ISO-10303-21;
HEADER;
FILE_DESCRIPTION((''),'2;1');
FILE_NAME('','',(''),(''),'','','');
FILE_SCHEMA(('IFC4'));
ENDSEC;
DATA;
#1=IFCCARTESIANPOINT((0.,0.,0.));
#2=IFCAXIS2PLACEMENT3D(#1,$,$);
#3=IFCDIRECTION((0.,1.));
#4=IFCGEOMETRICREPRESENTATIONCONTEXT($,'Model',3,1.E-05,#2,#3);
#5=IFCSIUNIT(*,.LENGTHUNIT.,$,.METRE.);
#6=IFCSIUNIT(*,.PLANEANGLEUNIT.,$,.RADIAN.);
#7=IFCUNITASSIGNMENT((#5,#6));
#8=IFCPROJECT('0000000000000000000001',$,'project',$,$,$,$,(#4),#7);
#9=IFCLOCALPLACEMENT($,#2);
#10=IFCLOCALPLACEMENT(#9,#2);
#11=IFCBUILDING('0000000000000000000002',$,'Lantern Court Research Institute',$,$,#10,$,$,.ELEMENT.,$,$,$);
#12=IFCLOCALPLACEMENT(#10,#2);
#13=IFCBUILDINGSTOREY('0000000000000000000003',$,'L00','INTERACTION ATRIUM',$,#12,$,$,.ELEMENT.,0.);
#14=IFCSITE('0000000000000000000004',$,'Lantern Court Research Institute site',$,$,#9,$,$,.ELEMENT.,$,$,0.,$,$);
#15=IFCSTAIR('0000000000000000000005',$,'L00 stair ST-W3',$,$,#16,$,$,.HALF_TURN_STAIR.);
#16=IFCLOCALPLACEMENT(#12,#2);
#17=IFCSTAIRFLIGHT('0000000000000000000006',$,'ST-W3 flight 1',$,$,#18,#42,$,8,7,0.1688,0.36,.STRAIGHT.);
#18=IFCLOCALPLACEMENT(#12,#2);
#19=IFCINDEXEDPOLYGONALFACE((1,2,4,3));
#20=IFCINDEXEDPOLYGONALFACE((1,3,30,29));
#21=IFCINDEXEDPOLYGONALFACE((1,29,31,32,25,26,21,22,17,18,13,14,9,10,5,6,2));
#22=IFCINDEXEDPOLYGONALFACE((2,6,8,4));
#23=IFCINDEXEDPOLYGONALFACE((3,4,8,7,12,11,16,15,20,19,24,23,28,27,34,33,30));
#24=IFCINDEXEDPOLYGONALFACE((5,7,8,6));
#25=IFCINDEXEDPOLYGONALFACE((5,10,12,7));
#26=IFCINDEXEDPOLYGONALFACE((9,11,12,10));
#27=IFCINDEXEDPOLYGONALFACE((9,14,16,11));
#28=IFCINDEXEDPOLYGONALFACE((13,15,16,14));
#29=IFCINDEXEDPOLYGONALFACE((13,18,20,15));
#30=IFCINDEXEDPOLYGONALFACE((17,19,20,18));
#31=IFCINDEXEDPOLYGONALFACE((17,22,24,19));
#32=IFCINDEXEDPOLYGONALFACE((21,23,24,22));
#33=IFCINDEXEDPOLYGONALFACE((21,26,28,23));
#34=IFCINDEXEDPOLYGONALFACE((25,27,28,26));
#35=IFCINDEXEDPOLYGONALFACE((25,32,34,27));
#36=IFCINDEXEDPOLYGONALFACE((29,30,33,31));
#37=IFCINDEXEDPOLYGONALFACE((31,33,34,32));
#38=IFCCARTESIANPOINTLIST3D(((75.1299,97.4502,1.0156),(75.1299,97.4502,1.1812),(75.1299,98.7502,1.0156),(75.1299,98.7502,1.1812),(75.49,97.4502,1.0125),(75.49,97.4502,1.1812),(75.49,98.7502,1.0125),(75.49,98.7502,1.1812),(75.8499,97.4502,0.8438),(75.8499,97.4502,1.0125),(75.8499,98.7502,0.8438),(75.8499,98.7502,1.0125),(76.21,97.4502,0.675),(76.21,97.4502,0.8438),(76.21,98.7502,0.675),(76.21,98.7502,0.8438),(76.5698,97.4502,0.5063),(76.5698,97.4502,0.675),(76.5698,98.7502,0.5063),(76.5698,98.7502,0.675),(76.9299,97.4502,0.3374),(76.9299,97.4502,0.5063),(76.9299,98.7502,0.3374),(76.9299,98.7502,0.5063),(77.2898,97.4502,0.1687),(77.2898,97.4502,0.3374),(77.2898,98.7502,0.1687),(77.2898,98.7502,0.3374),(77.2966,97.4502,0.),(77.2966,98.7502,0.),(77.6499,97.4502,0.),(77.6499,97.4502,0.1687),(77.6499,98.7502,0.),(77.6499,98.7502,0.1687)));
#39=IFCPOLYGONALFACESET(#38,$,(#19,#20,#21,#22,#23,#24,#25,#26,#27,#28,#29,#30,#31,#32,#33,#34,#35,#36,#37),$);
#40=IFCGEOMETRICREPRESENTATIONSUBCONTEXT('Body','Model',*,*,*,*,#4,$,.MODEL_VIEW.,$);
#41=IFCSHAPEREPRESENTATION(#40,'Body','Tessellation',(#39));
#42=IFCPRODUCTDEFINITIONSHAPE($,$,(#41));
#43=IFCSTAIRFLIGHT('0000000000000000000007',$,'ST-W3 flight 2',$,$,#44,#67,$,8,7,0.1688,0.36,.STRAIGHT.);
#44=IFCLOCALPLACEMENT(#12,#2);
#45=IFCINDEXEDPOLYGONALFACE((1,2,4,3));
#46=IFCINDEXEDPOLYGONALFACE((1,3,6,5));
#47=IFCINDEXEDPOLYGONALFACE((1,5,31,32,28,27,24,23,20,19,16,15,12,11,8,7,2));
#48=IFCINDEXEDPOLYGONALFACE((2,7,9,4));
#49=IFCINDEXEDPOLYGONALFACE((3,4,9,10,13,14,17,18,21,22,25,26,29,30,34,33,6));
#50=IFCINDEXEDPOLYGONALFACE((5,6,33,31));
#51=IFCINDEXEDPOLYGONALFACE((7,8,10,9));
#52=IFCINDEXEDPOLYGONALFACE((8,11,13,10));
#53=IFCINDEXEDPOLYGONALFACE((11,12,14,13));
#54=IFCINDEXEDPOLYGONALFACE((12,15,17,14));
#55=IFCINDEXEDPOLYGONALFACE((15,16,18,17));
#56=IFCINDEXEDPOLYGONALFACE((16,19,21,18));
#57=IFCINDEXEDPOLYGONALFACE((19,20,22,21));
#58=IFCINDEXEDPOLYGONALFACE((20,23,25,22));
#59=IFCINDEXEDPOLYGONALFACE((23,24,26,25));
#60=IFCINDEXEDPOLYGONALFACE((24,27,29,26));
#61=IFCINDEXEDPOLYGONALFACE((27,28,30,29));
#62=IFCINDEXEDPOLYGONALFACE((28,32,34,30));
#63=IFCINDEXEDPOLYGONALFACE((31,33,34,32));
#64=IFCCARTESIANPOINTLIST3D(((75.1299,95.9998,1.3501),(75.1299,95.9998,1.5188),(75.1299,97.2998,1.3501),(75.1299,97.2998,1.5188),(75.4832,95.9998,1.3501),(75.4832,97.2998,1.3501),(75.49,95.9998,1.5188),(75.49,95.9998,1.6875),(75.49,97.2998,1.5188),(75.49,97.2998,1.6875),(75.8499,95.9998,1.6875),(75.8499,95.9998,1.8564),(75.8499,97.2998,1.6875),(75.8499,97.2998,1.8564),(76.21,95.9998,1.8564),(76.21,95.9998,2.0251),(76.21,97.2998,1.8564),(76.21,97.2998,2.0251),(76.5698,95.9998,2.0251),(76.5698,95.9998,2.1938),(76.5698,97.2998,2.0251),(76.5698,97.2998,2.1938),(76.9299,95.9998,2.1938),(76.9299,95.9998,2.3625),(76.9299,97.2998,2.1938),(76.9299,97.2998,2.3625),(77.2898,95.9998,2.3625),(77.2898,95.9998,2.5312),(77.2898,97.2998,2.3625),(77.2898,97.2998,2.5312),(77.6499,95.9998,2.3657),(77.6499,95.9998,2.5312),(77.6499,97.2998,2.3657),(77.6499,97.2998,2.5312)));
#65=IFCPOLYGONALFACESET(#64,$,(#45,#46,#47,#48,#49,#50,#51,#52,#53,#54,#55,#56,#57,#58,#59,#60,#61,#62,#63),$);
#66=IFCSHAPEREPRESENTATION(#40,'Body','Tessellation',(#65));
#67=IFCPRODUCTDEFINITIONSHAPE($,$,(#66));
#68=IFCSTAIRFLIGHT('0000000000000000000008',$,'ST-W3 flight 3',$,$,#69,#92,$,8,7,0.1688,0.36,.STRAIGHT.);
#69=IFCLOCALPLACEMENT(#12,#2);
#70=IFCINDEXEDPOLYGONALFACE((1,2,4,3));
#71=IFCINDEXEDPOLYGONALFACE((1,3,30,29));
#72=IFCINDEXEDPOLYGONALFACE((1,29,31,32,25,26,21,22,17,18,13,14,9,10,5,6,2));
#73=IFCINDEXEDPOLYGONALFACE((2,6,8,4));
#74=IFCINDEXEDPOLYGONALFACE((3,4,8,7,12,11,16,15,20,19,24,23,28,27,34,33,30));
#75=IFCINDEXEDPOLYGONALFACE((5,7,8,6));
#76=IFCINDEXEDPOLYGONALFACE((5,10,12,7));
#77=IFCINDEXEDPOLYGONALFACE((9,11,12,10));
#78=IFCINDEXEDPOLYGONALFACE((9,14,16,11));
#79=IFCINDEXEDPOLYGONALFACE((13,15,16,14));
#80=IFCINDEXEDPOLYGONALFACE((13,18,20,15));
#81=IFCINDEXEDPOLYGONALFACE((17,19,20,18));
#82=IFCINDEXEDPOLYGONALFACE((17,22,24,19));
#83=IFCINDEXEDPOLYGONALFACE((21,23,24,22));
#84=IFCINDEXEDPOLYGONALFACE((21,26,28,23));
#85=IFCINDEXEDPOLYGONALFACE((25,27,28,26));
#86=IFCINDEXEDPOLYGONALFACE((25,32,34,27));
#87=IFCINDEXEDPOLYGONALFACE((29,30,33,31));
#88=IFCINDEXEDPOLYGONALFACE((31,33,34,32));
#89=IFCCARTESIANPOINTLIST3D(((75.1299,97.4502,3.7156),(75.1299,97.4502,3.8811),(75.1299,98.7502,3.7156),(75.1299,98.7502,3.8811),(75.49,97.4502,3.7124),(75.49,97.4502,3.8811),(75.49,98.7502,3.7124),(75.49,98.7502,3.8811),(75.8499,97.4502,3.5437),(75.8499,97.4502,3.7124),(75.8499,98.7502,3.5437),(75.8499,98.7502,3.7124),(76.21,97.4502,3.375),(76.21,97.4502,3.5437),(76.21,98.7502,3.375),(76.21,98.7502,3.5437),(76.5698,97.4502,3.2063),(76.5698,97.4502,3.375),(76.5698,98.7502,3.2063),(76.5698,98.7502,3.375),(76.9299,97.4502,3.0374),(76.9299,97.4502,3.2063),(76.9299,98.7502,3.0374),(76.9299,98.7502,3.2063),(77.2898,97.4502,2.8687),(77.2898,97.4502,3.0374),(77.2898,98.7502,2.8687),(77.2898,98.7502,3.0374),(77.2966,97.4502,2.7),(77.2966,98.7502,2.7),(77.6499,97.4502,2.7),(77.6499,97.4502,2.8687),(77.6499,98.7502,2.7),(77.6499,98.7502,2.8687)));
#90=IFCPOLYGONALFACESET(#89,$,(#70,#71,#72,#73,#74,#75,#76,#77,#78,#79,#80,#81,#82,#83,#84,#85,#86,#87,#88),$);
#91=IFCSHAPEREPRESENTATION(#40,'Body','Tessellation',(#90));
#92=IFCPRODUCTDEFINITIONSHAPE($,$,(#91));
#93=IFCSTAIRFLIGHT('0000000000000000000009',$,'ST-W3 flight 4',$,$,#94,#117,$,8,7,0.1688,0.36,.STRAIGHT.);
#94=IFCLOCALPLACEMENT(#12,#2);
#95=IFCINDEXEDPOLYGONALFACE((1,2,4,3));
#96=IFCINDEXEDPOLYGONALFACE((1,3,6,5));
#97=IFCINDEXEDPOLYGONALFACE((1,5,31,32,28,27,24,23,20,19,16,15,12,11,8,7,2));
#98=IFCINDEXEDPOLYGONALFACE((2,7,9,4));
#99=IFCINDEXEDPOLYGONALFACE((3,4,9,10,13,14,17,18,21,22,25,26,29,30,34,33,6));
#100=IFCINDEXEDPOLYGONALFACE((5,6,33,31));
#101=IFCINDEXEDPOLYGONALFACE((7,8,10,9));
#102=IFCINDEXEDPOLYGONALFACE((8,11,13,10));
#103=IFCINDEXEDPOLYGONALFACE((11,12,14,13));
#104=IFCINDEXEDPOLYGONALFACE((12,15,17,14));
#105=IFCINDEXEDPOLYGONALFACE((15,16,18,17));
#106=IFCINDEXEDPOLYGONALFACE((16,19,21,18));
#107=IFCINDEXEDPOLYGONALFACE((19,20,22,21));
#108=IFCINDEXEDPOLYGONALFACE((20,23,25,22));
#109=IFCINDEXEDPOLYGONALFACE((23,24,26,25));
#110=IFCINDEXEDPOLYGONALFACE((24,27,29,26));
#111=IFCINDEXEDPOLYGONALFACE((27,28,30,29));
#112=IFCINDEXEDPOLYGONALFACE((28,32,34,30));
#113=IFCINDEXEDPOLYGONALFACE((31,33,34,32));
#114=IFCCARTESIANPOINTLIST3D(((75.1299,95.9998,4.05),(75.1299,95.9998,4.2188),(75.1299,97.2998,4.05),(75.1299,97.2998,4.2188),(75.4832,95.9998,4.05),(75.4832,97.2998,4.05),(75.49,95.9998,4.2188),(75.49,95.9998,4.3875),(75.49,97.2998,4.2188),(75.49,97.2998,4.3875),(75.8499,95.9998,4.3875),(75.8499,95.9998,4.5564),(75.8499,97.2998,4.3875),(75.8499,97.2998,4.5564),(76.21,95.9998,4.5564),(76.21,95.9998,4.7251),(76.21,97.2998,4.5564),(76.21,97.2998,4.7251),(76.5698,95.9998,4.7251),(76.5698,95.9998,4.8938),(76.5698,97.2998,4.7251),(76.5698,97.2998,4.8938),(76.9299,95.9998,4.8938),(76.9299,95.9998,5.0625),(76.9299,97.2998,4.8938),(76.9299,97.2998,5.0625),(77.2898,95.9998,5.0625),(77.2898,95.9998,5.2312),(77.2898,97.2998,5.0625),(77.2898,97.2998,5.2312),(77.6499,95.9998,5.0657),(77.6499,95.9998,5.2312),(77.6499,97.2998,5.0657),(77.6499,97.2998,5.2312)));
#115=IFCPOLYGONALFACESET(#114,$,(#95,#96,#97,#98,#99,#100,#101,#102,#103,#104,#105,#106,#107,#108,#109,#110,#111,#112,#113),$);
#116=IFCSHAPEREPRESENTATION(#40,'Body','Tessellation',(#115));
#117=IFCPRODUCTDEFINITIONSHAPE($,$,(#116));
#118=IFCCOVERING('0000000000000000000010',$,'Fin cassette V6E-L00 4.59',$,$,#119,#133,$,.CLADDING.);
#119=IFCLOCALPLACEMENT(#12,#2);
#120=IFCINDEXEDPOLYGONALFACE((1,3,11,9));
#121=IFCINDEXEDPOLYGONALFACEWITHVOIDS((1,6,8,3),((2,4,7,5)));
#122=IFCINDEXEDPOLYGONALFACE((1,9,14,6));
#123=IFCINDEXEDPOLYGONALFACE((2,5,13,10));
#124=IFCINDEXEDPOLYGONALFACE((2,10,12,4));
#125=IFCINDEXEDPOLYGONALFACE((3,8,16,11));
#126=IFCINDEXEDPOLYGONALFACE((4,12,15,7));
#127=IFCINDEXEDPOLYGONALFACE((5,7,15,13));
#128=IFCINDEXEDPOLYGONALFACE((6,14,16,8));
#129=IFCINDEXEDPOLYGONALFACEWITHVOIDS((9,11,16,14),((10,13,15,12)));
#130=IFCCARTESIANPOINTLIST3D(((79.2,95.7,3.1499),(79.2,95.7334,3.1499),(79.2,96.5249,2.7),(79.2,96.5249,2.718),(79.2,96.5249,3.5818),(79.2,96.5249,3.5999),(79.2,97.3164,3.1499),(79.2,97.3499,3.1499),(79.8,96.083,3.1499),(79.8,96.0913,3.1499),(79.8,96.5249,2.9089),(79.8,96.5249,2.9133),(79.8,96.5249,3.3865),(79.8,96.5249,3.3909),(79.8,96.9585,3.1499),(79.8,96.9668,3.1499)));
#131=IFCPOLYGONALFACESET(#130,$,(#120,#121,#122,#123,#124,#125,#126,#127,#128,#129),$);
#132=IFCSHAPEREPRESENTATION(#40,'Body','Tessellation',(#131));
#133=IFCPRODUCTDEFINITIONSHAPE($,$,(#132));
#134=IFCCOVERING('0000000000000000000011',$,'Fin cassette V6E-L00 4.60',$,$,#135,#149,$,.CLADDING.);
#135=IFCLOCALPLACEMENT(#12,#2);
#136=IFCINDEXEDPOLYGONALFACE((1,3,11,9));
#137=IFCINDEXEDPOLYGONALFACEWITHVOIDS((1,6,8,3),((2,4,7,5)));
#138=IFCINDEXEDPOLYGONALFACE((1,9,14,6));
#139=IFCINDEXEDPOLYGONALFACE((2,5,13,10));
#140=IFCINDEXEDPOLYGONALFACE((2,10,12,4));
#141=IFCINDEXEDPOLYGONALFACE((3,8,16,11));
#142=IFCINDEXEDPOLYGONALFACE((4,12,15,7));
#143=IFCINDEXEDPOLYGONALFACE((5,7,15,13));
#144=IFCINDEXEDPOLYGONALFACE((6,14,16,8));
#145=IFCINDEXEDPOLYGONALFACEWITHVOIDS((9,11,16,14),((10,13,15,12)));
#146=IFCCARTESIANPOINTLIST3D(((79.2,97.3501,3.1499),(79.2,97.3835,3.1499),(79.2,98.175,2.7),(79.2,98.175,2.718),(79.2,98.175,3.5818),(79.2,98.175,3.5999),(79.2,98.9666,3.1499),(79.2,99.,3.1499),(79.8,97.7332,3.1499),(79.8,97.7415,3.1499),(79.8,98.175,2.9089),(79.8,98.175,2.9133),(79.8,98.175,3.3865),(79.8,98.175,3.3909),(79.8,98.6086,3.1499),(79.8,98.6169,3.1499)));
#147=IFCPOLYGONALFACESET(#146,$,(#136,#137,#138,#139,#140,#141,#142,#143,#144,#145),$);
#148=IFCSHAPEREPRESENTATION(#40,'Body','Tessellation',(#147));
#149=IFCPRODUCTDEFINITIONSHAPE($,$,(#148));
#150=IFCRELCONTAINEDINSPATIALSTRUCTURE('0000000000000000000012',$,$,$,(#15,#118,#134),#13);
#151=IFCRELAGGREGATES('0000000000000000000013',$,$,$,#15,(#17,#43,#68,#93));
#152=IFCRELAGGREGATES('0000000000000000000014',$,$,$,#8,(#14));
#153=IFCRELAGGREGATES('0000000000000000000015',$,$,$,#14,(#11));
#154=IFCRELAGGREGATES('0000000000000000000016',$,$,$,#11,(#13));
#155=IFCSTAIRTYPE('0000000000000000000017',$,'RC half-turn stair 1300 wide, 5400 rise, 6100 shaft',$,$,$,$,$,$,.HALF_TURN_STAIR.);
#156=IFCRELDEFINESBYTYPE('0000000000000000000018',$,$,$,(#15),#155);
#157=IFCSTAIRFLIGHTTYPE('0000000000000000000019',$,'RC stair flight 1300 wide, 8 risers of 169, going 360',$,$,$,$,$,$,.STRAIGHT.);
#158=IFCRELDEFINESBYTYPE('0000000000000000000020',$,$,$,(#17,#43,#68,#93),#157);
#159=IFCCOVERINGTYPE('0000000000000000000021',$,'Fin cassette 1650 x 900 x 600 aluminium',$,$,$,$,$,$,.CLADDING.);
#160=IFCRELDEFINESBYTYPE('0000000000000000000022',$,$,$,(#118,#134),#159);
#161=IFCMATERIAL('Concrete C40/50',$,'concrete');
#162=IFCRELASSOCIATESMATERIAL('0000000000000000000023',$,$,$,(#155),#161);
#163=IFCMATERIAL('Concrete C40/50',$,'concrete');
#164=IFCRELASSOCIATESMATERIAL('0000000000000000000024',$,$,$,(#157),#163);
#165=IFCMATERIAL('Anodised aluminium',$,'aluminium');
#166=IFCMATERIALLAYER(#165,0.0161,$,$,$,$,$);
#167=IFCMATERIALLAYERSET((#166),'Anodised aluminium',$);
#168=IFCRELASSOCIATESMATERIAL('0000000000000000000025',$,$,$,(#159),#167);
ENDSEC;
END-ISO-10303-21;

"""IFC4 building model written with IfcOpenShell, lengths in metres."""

from ifc_helpers import new_model, entity, si_unit, direction, frame, origin, place, context, subcontext, project, spatial, polyline, outline, extrude, material, layer, layer_set, type_object, element, aggregate, save


model = new_model("IFC4")

# Units and contexts
model_context = context("Model", 3, precision=1e-05, world=origin(), true_north=direction((0.0, 1.0)))
body_context = subcontext(model_context, "Body", "Model", "MODEL_VIEW")
ifc_project = project(units=[si_unit("LENGTHUNIT", "METRE"), si_unit("PLANEANGLEUNIT", "RADIAN")], contexts=[model_context])

# Site, building, storey
site_placement = place(None, origin())
site = spatial("IfcSite", under=ifc_project, at=site_placement, Name="Lantern Court Research Institute site", CompositionType="ELEMENT", RefElevation=0.0)
building_placement = place(site_placement, origin())
building = spatial("IfcBuilding", under=site, at=building_placement, Name="Lantern Court Research Institute", CompositionType="ELEMENT")
storey_placement = place(building_placement, origin())
storey = spatial("IfcBuildingStorey", under=building, at=storey_placement, Name="L00", Description="INTERACTION ATRIUM", CompositionType="ELEMENT", Elevation=0.0)

# Stair, stair flights
ifc_material_1 = material(Name="Concrete C40/50", Category="concrete")
stair_type = type_object("IfcStairType", Name="RC half-turn stair 1300 wide, 5400 rise, 6100 shaft", PredefinedType="HALF_TURN_STAIR", material=ifc_material_1)
stair_placement = place(storey_placement, origin())
stair = element("IfcStair", 1, at=stair_placement, inside=storey, type_object=stair_type, Name="L00 stair ST-W3", PredefinedType="HALF_TURN_STAIR")
ifc_material_2 = material(Name="Concrete C40/50", Category="concrete")
stair_flight_type = type_object("IfcStairFlightType", Name="RC stair flight 1300 wide, 8 risers of 169, going 360", PredefinedType="STRAIGHT", material=ifc_material_2)
stair_flight_1_placement = place(storey_placement, frame((77.6499, 98.1001, 0.0), z_axis=(0.0, 0.0, 1.0), x_axis=(-1.0, 0.0, 0.0)))
stair_flight_1 = element("IfcStairFlight", 2, at=stair_flight_1_placement, type_object=stair_flight_type, Name="ST-W3 flight 1", NumberOfRisers=8, NumberOfTreads=7, PredefinedType="STRAIGHT", RiserHeight=0.1688, TreadLength=0.36, context=body_context, shape_type="SweptSolid", body=[
    extrude(outline(polyline([(0.0, 0.0), (0.0, 0.1687), (0.3601, 0.1687), (0.3601, 0.3374), (0.72, 0.3374), (0.72, 0.5063), (1.0801, 0.5063), (1.0801, 0.675), (1.4399, 0.675), (1.4399, 0.8438), (1.8, 0.8438), (1.8, 1.0125), (2.1599, 1.0125), (2.1599, 1.1812), (2.52, 1.1812), (2.52, 1.3501), (2.52, 1.0156), (0.3533, 0.0), (0.0, 0.0)])), frame((0.0, 0.6499, 0.0), z_axis=(0.0, -1.0, 0.0), x_axis=(1.0, 0.0, 0.0)), (0.0, 0.0, 1.0), 1.3),
])
stair_flight_2_placement = place(storey_placement, frame((75.1299, 96.6499, 1.3501), z_axis=(0.0, 0.0, 1.0), x_axis=(1.0, 0.0, 0.0)))
stair_flight_2 = element("IfcStairFlight", 3, at=stair_flight_2_placement, type_object=stair_flight_type, Name="ST-W3 flight 2", NumberOfRisers=8, NumberOfTreads=7, PredefinedType="STRAIGHT", RiserHeight=0.1688, TreadLength=0.36, context=body_context, shape_type="SweptSolid", body=[
    extrude(outline(polyline([(0.0, 0.0), (0.0, 0.1687), (0.3601, 0.1687), (0.3601, 0.3374), (0.72, 0.3374), (0.72, 0.5063), (1.0801, 0.5063), (1.0801, 0.675), (1.4399, 0.675), (1.4399, 0.8438), (1.8, 0.8438), (1.8, 1.0125), (2.1599, 1.0125), (2.1599, 1.1812), (2.52, 1.1812), (2.52, 1.3501), (2.52, 1.0156), (0.3533, 0.0), (0.0, 0.0)])), frame((0.0, 0.6499, 0.0), z_axis=(0.0, -1.0, 0.0), x_axis=(1.0, 0.0, 0.0)), (0.0, 0.0, 1.0), 1.3),
])
stair_flight_3_placement = place(storey_placement, frame((77.6499, 98.1001, 2.7), z_axis=(0.0, 0.0, 1.0), x_axis=(-1.0, 0.0, 0.0)))
stair_flight_3 = element("IfcStairFlight", 4, at=stair_flight_3_placement, type_object=stair_flight_type, Name="ST-W3 flight 3", NumberOfRisers=8, NumberOfTreads=7, PredefinedType="STRAIGHT", RiserHeight=0.1688, TreadLength=0.36, context=body_context, shape_type="SweptSolid", body=[
    extrude(outline(polyline([(0.0, 0.0), (0.0, 0.1687), (0.3601, 0.1687), (0.3601, 0.3374), (0.72, 0.3374), (0.72, 0.5063), (1.0801, 0.5063), (1.0801, 0.675), (1.4399, 0.675), (1.4399, 0.8438), (1.8, 0.8438), (1.8, 1.0125), (2.1599, 1.0125), (2.1599, 1.1812), (2.52, 1.1812), (2.52, 1.3501), (2.52, 1.0156), (0.3533, 0.0), (0.0, 0.0)])), frame((0.0, 0.6499, 0.0), z_axis=(0.0, -1.0, 0.0), x_axis=(1.0, 0.0, 0.0)), (0.0, 0.0, 1.0), 1.3),
])
stair_flight_4_placement = place(storey_placement, frame((75.1299, 96.6499, 4.05), z_axis=(0.0, 0.0, 1.0), x_axis=(1.0, 0.0, 0.0)))
stair_flight_4 = element("IfcStairFlight", 5, at=stair_flight_4_placement, type_object=stair_flight_type, Name="ST-W3 flight 4", NumberOfRisers=8, NumberOfTreads=7, PredefinedType="STRAIGHT", RiserHeight=0.1688, TreadLength=0.36, context=body_context, shape_type="SweptSolid", body=[
    extrude(outline(polyline([(0.0, 0.0), (0.0, 0.1687), (0.3601, 0.1687), (0.3601, 0.3374), (0.72, 0.3374), (0.72, 0.5063), (1.0801, 0.5063), (1.0801, 0.675), (1.4399, 0.675), (1.4399, 0.8438), (1.8, 0.8438), (1.8, 1.0125), (2.1599, 1.0125), (2.1599, 1.1812), (2.52, 1.1812), (2.52, 1.3501), (2.52, 1.0156), (0.3533, 0.0), (0.0, 0.0)])), frame((0.0, 0.6499, 0.0), z_axis=(0.0, -1.0, 0.0), x_axis=(1.0, 0.0, 0.0)), (0.0, 0.0, 1.0), 1.3),
])
aggregate(stair, [stair_flight_1, stair_flight_2, stair_flight_3, stair_flight_4])

# Coverings
ifc_material_3 = material(Name="Anodised aluminium", Category="aluminium")
ifc_layer = layer(ifc_material_3, 0.0161)
ifc_layer_set = layer_set([ifc_layer], Name="Anodised aluminium")
covering_type = type_object("IfcCoveringType", Name="Fin cassette 1650 x 900 x 600 aluminium", PredefinedType="CLADDING", material=ifc_layer_set)
covering_1_placement = place(storey_placement, frame((79.2, 96.5249, 3.1499), z_axis=(1.0, 0.0, 0.0), x_axis=(0.0, 1.0, 0.0)))
cartesian_point_1 = entity("IfcCartesianPoint", [0.825, 0.0])
cartesian_point_2 = entity("IfcCartesianPoint", [0.7915, 0.0])
cartesian_point_3 = entity("IfcCartesianPoint", [0.4419, 0.0])
cartesian_point_4 = entity("IfcCartesianPoint", [0.4336, 0.0])
element("IfcCovering", 6, at=covering_1_placement, inside=storey, type_object=covering_type, Name="Fin cassette V6E-L00 4.59", PredefinedType="CLADDING", context=body_context, shape_type="SweptSolid", body=[
    entity("IfcExtrudedAreaSolidTapered", entity("IfcArbitraryProfileDefWithVoids", "AREA", None, entity("IfcPolyline", [cartesian_point_1, entity("IfcCartesianPoint", [0.0, 0.45]), entity("IfcCartesianPoint", [-0.825, 0.0]), entity("IfcCartesianPoint", [0.0, -0.45]), cartesian_point_1]), [entity("IfcPolyline", [cartesian_point_2, entity("IfcCartesianPoint", [0.0, 0.4319]), entity("IfcCartesianPoint", [-0.7915, 0.0]), entity("IfcCartesianPoint", [0.0, -0.4319]), cartesian_point_2])]), entity("IfcAxis2Placement3D", entity("IfcCartesianPoint", [0.0, 0.0, 0.0])), entity("IfcDirection", [0.0, 0.0, 1.0]), 0.6001, entity("IfcArbitraryProfileDefWithVoids", "AREA", None, entity("IfcPolyline", [cartesian_point_3, entity("IfcCartesianPoint", [0.0, 0.241]), entity("IfcCartesianPoint", [-0.4419, 0.0]), entity("IfcCartesianPoint", [0.0, -0.241]), cartesian_point_3]), [entity("IfcPolyline", [cartesian_point_4, entity("IfcCartesianPoint", [0.0, 0.2366]), entity("IfcCartesianPoint", [-0.4336, 0.0]), entity("IfcCartesianPoint", [0.0, -0.2366]), cartesian_point_4])])),
])
covering_2_placement = place(storey_placement, frame((79.2, 98.175, 3.1499), z_axis=(1.0, 0.0, 0.0), x_axis=(0.0, 1.0, 0.0)))
cartesian_point_5 = entity("IfcCartesianPoint", [0.825, 0.0])
cartesian_point_6 = entity("IfcCartesianPoint", [0.7915, 0.0])
cartesian_point_7 = entity("IfcCartesianPoint", [0.4419, 0.0])
cartesian_point_8 = entity("IfcCartesianPoint", [0.4336, 0.0])
element("IfcCovering", 7, at=covering_2_placement, inside=storey, type_object=covering_type, Name="Fin cassette V6E-L00 4.60", PredefinedType="CLADDING", context=body_context, shape_type="SweptSolid", body=[
    entity("IfcExtrudedAreaSolidTapered", entity("IfcArbitraryProfileDefWithVoids", "AREA", None, entity("IfcPolyline", [cartesian_point_5, entity("IfcCartesianPoint", [0.0, 0.45]), entity("IfcCartesianPoint", [-0.825, 0.0]), entity("IfcCartesianPoint", [0.0, -0.45]), cartesian_point_5]), [entity("IfcPolyline", [cartesian_point_6, entity("IfcCartesianPoint", [0.0, 0.4319]), entity("IfcCartesianPoint", [-0.7915, 0.0]), entity("IfcCartesianPoint", [0.0, -0.4319]), cartesian_point_6])]), entity("IfcAxis2Placement3D", entity("IfcCartesianPoint", [0.0, 0.0, 0.0])), entity("IfcDirection", [0.0, 0.0, 1.0]), 0.6001, entity("IfcArbitraryProfileDefWithVoids", "AREA", None, entity("IfcPolyline", [cartesian_point_7, entity("IfcCartesianPoint", [0.0, 0.241]), entity("IfcCartesianPoint", [-0.4419, 0.0]), entity("IfcCartesianPoint", [0.0, -0.241]), cartesian_point_7]), [entity("IfcPolyline", [cartesian_point_8, entity("IfcCartesianPoint", [0.0, 0.2366]), entity("IfcCartesianPoint", [-0.4336, 0.0]), entity("IfcCartesianPoint", [0.0, -0.2366]), cartesian_point_8])])),
])

save(model, "model.ifc")
